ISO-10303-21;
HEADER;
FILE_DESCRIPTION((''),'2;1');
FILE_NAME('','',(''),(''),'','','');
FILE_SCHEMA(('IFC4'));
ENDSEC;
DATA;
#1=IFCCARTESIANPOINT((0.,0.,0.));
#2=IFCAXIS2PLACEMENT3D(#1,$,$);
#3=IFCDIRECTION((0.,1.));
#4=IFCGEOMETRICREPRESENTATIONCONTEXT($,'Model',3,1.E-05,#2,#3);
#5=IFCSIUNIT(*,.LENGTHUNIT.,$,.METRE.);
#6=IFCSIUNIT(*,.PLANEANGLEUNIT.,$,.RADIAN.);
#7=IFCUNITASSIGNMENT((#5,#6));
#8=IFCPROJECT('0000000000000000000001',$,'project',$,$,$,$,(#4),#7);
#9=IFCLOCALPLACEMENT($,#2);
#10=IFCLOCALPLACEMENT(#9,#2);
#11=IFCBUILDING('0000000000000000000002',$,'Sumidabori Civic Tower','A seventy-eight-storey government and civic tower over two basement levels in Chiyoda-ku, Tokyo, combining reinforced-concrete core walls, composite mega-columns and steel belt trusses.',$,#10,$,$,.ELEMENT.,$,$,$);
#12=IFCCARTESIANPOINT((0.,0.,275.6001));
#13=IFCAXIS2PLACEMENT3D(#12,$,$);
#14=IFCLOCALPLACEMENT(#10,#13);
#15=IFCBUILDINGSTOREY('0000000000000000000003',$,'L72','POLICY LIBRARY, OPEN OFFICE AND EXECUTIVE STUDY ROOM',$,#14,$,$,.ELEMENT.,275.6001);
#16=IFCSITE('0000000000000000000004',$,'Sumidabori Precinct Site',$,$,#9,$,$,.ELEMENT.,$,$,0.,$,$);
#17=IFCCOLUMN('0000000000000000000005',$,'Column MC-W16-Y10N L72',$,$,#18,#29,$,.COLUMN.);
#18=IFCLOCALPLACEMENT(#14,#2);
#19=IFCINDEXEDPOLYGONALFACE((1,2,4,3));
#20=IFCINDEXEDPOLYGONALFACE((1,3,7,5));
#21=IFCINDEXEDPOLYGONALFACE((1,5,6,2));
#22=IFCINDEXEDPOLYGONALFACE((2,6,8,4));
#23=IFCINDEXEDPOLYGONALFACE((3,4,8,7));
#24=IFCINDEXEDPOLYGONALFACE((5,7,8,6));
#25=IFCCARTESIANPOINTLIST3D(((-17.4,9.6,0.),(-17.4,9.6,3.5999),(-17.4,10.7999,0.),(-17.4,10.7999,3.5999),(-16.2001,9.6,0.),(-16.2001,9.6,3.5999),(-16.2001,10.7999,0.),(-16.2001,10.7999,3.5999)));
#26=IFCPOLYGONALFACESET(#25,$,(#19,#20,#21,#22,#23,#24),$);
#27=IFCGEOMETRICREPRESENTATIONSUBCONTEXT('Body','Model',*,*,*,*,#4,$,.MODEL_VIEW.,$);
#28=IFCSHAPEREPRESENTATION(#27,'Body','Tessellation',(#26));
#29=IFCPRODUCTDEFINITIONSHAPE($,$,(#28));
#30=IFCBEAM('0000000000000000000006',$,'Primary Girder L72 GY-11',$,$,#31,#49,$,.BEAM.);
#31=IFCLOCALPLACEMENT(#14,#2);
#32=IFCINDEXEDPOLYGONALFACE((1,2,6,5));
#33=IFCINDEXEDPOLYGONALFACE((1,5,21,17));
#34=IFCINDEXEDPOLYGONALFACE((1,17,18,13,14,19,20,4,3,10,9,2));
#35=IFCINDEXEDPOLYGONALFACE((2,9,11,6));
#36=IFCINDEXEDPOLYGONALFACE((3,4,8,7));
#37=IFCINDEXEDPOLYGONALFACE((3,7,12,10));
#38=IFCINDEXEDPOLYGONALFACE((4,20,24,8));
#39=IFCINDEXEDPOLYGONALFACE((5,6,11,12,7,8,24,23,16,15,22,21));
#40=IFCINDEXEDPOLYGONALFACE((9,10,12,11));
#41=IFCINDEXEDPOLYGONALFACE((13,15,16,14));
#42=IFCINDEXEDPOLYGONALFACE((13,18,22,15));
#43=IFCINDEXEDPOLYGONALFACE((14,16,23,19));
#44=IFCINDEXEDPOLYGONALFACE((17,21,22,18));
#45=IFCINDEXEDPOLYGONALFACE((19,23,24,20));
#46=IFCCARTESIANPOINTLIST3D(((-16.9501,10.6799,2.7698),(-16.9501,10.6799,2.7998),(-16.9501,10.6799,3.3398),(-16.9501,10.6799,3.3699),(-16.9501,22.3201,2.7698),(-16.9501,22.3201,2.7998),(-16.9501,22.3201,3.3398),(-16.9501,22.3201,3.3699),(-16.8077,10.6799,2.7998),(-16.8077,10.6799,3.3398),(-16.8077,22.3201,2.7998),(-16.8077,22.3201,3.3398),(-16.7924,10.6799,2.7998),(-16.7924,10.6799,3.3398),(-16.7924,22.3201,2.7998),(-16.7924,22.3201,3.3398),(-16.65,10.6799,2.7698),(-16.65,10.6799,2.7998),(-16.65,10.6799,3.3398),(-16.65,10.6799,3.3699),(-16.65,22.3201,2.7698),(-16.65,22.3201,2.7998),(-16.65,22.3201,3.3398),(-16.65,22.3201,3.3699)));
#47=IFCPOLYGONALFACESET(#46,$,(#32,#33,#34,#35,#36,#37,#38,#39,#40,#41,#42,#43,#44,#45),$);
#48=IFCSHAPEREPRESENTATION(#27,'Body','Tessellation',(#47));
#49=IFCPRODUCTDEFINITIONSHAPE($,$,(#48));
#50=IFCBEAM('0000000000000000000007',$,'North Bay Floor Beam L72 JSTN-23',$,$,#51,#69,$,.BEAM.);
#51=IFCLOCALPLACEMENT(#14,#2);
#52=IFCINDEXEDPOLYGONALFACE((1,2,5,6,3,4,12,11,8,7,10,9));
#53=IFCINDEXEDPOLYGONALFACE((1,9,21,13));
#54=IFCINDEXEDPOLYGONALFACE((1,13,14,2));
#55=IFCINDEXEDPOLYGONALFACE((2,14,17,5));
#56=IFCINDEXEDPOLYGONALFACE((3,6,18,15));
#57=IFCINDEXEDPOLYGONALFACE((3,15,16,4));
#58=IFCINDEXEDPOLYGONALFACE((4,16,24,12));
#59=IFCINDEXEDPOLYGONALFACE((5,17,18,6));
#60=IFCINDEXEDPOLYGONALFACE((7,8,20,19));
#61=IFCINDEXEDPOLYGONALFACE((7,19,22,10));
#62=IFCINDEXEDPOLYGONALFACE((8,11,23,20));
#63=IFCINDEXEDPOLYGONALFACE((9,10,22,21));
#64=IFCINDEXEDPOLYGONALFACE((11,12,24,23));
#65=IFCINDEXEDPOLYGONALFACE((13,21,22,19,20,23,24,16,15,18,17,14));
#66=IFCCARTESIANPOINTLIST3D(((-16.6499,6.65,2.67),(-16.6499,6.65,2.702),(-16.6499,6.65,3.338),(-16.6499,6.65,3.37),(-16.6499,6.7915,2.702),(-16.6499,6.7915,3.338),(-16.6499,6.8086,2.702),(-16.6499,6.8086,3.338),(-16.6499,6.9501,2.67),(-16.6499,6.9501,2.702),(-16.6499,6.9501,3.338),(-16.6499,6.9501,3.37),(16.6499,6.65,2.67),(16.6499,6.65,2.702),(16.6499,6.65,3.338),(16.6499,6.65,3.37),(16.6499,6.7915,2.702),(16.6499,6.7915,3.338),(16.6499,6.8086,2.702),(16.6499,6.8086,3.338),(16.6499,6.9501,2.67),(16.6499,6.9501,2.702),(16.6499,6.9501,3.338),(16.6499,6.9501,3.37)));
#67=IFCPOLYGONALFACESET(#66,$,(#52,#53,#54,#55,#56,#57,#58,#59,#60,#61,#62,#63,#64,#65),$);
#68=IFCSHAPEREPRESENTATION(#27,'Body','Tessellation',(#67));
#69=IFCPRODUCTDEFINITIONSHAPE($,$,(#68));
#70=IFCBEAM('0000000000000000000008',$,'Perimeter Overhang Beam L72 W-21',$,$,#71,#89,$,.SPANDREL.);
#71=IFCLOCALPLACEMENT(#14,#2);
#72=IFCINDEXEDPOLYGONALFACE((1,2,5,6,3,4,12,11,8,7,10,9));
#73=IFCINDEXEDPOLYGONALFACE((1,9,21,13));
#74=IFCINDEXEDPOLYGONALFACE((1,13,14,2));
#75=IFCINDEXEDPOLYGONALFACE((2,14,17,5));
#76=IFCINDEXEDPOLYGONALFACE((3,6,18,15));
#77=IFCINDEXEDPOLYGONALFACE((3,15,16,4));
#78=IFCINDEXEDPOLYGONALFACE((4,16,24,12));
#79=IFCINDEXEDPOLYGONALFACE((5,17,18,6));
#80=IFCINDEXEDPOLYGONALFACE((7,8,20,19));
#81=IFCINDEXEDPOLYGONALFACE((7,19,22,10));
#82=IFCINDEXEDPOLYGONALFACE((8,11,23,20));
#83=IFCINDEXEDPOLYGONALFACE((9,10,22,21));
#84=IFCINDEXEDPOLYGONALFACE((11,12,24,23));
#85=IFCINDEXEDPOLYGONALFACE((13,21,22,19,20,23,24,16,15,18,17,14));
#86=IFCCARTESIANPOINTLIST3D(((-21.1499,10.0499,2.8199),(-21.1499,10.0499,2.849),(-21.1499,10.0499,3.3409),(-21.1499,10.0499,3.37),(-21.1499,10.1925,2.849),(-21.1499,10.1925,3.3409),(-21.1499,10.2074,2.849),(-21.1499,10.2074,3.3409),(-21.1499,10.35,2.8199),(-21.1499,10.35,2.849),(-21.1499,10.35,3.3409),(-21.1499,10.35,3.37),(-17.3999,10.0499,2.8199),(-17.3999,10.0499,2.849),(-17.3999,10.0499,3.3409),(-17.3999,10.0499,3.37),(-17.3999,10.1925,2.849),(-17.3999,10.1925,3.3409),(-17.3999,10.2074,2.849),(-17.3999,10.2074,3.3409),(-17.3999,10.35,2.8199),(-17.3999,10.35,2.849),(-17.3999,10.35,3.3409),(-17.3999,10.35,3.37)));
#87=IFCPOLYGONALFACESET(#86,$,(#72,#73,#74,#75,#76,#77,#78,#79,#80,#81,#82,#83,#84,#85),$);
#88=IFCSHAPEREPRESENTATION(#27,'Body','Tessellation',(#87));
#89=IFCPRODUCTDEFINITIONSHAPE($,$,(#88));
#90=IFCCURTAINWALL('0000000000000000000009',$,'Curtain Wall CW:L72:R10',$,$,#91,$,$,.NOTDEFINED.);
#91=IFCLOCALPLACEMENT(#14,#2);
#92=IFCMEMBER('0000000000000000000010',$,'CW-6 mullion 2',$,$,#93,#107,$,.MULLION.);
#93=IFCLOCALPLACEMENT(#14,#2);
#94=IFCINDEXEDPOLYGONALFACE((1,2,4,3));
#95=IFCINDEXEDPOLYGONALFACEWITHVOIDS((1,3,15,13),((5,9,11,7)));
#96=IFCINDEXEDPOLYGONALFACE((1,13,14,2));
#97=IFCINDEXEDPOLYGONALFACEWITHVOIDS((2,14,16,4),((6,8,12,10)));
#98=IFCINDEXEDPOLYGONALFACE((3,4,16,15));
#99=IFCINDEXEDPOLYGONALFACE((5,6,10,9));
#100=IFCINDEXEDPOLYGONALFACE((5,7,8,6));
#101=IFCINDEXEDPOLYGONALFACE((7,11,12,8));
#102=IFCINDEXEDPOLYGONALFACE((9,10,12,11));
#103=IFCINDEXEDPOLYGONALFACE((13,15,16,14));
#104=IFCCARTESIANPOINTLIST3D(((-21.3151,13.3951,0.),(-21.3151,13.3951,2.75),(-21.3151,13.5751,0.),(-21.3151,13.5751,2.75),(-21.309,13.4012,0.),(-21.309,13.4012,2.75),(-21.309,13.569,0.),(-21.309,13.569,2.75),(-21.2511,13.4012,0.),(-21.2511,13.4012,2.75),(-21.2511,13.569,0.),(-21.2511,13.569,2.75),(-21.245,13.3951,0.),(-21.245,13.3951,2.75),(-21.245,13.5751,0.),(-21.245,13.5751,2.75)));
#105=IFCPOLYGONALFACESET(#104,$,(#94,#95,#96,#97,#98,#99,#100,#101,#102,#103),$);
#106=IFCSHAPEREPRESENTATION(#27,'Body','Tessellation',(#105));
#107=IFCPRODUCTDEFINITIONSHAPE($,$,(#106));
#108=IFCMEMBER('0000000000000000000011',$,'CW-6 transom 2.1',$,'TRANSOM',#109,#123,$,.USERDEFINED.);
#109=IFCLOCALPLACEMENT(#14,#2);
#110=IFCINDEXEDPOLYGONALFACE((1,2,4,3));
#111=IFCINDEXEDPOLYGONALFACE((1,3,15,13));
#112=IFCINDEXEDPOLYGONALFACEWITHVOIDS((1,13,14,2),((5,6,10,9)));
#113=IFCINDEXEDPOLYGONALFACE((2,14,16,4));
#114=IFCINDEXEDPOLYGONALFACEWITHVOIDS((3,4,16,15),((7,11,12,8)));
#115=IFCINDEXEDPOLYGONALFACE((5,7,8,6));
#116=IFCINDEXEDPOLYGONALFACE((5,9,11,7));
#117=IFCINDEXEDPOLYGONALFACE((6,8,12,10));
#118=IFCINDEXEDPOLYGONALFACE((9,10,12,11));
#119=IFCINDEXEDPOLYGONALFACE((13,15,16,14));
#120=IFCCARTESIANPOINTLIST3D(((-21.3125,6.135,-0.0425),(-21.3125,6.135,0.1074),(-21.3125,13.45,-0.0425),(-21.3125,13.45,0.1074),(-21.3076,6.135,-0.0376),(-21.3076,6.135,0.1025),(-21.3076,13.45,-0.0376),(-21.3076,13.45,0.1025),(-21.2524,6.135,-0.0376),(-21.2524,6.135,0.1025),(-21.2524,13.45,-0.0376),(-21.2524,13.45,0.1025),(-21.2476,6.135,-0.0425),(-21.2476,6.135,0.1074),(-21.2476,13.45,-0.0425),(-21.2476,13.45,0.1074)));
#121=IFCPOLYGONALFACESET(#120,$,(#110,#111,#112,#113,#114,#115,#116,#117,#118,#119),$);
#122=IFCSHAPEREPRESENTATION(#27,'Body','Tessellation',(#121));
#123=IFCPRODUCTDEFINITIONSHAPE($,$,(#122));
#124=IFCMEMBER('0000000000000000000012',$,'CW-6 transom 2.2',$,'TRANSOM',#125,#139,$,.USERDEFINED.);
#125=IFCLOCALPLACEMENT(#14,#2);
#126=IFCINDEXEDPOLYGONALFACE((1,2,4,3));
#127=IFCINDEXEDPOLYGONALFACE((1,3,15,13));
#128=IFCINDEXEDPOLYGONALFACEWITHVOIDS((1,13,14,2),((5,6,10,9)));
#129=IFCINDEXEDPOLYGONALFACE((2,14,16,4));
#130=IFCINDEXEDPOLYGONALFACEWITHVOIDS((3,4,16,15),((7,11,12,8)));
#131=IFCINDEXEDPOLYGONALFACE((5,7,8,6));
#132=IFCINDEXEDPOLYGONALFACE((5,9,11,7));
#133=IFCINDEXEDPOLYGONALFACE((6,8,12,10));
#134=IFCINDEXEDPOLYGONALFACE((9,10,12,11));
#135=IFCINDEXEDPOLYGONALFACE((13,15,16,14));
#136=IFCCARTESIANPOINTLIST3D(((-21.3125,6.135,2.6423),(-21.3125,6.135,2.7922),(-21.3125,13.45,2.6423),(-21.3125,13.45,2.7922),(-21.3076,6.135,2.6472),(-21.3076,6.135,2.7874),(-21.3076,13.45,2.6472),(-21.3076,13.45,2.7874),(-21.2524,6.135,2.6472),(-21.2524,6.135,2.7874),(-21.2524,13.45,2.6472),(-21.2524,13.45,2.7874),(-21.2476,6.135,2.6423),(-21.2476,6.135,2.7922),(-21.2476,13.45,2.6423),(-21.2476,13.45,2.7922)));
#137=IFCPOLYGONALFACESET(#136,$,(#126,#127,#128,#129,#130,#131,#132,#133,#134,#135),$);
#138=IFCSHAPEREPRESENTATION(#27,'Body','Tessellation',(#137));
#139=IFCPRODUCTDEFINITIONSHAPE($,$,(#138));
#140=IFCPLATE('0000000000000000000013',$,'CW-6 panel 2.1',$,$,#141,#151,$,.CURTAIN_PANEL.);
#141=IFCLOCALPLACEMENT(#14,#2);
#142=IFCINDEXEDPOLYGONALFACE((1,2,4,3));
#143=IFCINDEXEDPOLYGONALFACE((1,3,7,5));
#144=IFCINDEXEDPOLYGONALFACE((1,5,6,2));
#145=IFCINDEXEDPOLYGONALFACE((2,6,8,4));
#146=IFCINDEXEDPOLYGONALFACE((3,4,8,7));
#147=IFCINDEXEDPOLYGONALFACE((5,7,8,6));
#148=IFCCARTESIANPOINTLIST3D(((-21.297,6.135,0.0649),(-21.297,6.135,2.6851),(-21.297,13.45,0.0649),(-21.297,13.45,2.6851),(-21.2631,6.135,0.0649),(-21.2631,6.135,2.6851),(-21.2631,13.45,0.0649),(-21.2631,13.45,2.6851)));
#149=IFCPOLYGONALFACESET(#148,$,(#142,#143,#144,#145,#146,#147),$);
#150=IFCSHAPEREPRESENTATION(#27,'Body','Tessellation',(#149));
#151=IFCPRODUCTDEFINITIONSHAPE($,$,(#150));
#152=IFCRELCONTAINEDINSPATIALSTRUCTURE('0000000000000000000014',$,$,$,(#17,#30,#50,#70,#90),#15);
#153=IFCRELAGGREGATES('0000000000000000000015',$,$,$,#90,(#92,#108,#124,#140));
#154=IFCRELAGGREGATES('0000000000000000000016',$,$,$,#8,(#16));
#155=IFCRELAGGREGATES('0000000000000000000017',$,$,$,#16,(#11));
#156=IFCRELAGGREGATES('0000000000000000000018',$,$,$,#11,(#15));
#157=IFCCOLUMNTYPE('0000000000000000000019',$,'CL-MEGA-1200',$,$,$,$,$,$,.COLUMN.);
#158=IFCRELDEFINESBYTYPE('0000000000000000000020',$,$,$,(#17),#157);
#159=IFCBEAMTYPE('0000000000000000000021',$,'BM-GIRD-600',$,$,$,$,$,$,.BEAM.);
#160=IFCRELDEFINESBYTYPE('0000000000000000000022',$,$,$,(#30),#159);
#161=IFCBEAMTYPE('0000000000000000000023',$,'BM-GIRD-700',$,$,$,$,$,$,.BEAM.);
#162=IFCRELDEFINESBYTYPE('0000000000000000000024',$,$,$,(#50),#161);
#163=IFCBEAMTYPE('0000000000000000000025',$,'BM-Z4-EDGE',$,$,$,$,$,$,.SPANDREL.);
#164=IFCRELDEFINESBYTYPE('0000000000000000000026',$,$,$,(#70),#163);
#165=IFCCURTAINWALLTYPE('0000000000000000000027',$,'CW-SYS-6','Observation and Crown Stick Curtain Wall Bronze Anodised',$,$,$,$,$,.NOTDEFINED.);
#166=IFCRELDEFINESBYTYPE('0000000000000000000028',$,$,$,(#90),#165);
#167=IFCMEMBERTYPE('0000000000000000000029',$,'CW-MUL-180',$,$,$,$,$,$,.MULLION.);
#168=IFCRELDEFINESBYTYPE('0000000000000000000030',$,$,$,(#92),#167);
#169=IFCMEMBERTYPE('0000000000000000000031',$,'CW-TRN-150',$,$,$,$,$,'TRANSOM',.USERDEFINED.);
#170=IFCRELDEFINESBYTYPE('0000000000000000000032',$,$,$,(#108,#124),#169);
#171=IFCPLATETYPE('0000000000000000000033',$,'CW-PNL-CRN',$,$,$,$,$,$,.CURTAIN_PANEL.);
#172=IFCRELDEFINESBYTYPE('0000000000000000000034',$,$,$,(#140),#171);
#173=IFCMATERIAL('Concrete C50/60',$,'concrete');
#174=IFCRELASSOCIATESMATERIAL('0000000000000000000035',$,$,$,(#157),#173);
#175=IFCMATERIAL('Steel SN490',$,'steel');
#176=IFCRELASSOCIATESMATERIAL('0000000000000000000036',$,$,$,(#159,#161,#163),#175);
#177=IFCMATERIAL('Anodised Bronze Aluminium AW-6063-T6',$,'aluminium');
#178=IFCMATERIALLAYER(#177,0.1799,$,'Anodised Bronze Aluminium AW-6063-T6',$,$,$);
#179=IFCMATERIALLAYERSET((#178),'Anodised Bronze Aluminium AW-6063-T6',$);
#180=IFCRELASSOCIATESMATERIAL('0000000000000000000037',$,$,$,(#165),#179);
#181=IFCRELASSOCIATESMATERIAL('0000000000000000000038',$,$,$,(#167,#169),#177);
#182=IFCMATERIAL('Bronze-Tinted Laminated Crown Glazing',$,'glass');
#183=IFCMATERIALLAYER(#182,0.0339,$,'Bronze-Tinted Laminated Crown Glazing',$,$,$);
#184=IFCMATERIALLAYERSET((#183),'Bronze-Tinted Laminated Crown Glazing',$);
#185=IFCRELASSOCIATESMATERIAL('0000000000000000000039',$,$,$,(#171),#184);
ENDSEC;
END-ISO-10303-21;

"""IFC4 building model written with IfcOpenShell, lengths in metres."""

from ifc_helpers import new_model, si_unit, direction, frame, origin, origin_2d, place, context, subcontext, project, spatial, rectangle, hollow_rectangle, i_section, extrude, source, transform, mapped, material, layer, layer_set, material_profile, profile_set, type_object, element, aggregate, save


model = new_model("IFC4")

# Units and contexts
model_context = context("Model", 3, precision=1e-05, world=origin(), true_north=direction((0.0, 1.0)))
body_context = subcontext(model_context, "Body", "Model", "MODEL_VIEW")
ifc_project = project(units=[si_unit("LENGTHUNIT", "METRE"), si_unit("PLANEANGLEUNIT", "RADIAN")], contexts=[model_context])

# Site, building, storey
site_placement = place(None, origin())
site = spatial("IfcSite", under=ifc_project, at=site_placement, Name="Sumidabori Precinct Site", CompositionType="ELEMENT", RefElevation=0.0)
building_placement = place(site_placement, origin())
building = spatial("IfcBuilding", under=site, at=building_placement, Name="Sumidabori Civic Tower", Description="A seventy-eight-storey government and civic tower over two basement levels in Chiyoda-ku, Tokyo, combining reinforced-concrete core walls, composite mega-columns and steel belt trusses.", CompositionType="ELEMENT")
storey_placement = place(building_placement, frame((0.0, 0.0, 275.6001)))
storey = spatial("IfcBuildingStorey", under=building, at=storey_placement, Name="L72", Description="POLICY LIBRARY, OPEN OFFICE AND EXECUTIVE STUDY ROOM", CompositionType="ELEMENT", Elevation=275.6001)

# Column
ifc_material_1 = material(Name="Concrete C50/60", Category="concrete")
ifc_material_profile_1 = material_profile(ifc_material_1, rectangle(XDim=1.2, YDim=1.2, at=origin_2d()), Name="RC 1200x1200")
ifc_profile_set_1 = profile_set([ifc_material_profile_1], Name="Concrete C50/60")
column_type = type_object("IfcColumnType", Name="CL-MEGA-1200", PredefinedType="COLUMN", material=ifc_profile_set_1)
shared_shape_1 = source(origin(), body_context, "Body", "SweptSolid", [
    extrude(rectangle(XDim=1.2, YDim=1.2, at=origin_2d()), origin(), (0.0, 0.0, 1.0), 3.5999),
])
column_placement = place(storey_placement, frame((-16.8, 10.2, 0.0), z_axis=(0.0, 0.0, 1.0), x_axis=(1.0, 0.0, 0.0)))
element("IfcColumn", 1, at=column_placement, inside=storey, type_object=column_type, Name="Column MC-W16-Y10N L72", PredefinedType="COLUMN", context=body_context, shape_type="MappedRepresentation", body=[
    mapped(shared_shape_1, transform((0.0, 0.0, 0.0), x_axis=(1.0, 0.0, 0.0), y_axis=(0.0, 1.0, 0.0), z_axis=(0.0, 0.0, 1.0), scale=1.0)),
])

# Beams
ifc_material_2 = material(Name="Steel SN490", Category="steel")
ifc_material_profile_2 = material_profile(ifc_material_2, i_section(OverallWidth=0.3, OverallDepth=0.6001, WebThickness=0.0154, FlangeThickness=0.03, at=origin_2d()), Name="HE 600 B")
ifc_profile_set_2 = profile_set([ifc_material_profile_2], Name="Steel SN490")
beam_type_1 = type_object("IfcBeamType", Name="BM-GIRD-600", PredefinedType="BEAM", material=ifc_profile_set_2)
shared_shape_2 = source(origin(), body_context, "Body", "SweptSolid", [
    extrude(i_section(OverallWidth=0.3, OverallDepth=0.6001, WebThickness=0.0154, FlangeThickness=0.03, at=origin_2d()), origin(), (0.0, 0.0, 1.0), 11.6401),
])
beam_1_placement = place(storey_placement, frame((-16.8, 10.6799, 3.0698), z_axis=(0.0, 1.0, 0.0), x_axis=(-1.0, 0.0, 0.0)))
element("IfcBeam", 2, at=beam_1_placement, inside=storey, type_object=beam_type_1, Name="Primary Girder L72 GY-11", PredefinedType="BEAM", context=body_context, shape_type="MappedRepresentation", body=[
    mapped(shared_shape_2, transform((0.0, 0.0, 0.0), x_axis=(1.0, 0.0, 0.0), y_axis=(0.0, 1.0, 0.0), z_axis=(0.0, 0.0, 1.0), scale=1.0)),
])
ifc_material_profile_3 = material_profile(ifc_material_2, i_section(OverallWidth=0.3, OverallDepth=0.7, WebThickness=0.0171, FlangeThickness=0.032, at=origin_2d()), Name="HE 700 B")
ifc_profile_set_3 = profile_set([ifc_material_profile_3], Name="Steel SN490")
beam_type_2 = type_object("IfcBeamType", Name="BM-GIRD-700", PredefinedType="BEAM", material=ifc_profile_set_3)
shared_shape_3 = source(origin(), body_context, "Body", "SweptSolid", [
    extrude(i_section(OverallWidth=0.3, OverallDepth=0.7, WebThickness=0.0171, FlangeThickness=0.032, at=origin_2d()), origin(), (0.0, 0.0, 1.0), 33.2998),
])
beam_2_placement = place(storey_placement, frame((-16.6499, 6.8, 3.02), z_axis=(1.0, 0.0, 0.0), x_axis=(0.0, 1.0, 0.0)))
element("IfcBeam", 3, at=beam_2_placement, inside=storey, type_object=beam_type_2, Name="North Bay Floor Beam L72 JSTN-23", PredefinedType="BEAM", context=body_context, shape_type="MappedRepresentation", body=[
    mapped(shared_shape_3, transform((0.0, 0.0, 0.0), x_axis=(1.0, 0.0, 0.0), y_axis=(0.0, 1.0, 0.0), z_axis=(0.0, 0.0, 1.0), scale=1.0)),
])
ifc_material_profile_4 = material_profile(ifc_material_2, i_section(OverallWidth=0.3, OverallDepth=0.55, WebThickness=0.0149, FlangeThickness=0.0291, at=origin_2d()), Name="HE 550 B")
ifc_profile_set_4 = profile_set([ifc_material_profile_4], Name="Steel SN490")
beam_type_3 = type_object("IfcBeamType", Name="BM-Z4-EDGE", PredefinedType="SPANDREL", material=ifc_profile_set_4)
shared_shape_4 = source(origin(), body_context, "Body", "SweptSolid", [
    extrude(i_section(OverallWidth=0.3, OverallDepth=0.55, WebThickness=0.0149, FlangeThickness=0.0291, at=origin_2d()), origin(), (0.0, 0.0, 1.0), 3.75),
])
beam_3_placement = place(storey_placement, frame((-21.1499, 10.2, 3.095), z_axis=(1.0, 0.0, 0.0), x_axis=(0.0, 1.0, 0.0)))
element("IfcBeam", 4, at=beam_3_placement, inside=storey, type_object=beam_type_3, Name="Perimeter Overhang Beam L72 W-21", PredefinedType="SPANDREL", context=body_context, shape_type="MappedRepresentation", body=[
    mapped(shared_shape_4, transform((0.0, 0.0, 0.0), x_axis=(1.0, 0.0, 0.0), y_axis=(0.0, 1.0, 0.0), z_axis=(0.0, 0.0, 1.0), scale=1.0)),
])

# Curtain wall, members, plate
ifc_material_3 = material(Name="Anodised Bronze Aluminium AW-6063-T6", Category="aluminium")
ifc_layer_1 = layer(ifc_material_3, 0.1799, Name="Anodised Bronze Aluminium AW-6063-T6")
ifc_layer_set_1 = layer_set([ifc_layer_1], Name="Anodised Bronze Aluminium AW-6063-T6")
curtain_wall_type = type_object("IfcCurtainWallType", Name="CW-SYS-6", Description="Observation and Crown Stick Curtain Wall Bronze Anodised", PredefinedType="NOTDEFINED", material=ifc_layer_set_1)
curtain_wall_placement = place(storey_placement, origin())
curtain_wall = element("IfcCurtainWall", 5, at=curtain_wall_placement, inside=storey, type_object=curtain_wall_type, Name="Curtain Wall CW:L72:R10", PredefinedType="NOTDEFINED")
ifc_material_profile_5 = material_profile(ifc_material_3, hollow_rectangle(XDim=0.0701, YDim=0.1799, WallThickness=0.0061, at=origin_2d()), Name="ALU MULLION 180x70")
ifc_profile_set_5 = profile_set([ifc_material_profile_5], Name="Anodised Bronze Aluminium AW-6063-T6")
member_type_1 = type_object("IfcMemberType", Name="CW-MUL-180", PredefinedType="MULLION", material=ifc_profile_set_5)
shared_shape_5 = source(origin(), body_context, "Body", "SweptSolid", [
    extrude(hollow_rectangle(XDim=0.0701, YDim=0.1799, WallThickness=0.0061, at=origin_2d()), origin(), (0.0, 0.0, 1.0), 2.75),
])
member_1_placement = place(storey_placement, frame((-21.28, 13.4851, 0.0), z_axis=(0.0, 0.0, 1.0), x_axis=(1.0, 0.0, 0.0)))
member_1 = element("IfcMember", 6, at=member_1_placement, type_object=member_type_1, Name="CW-6 mullion 2", PredefinedType="MULLION", context=body_context, shape_type="MappedRepresentation", body=[
    mapped(shared_shape_5, transform((0.0, 0.0, 0.0), x_axis=(1.0, 0.0, 0.0), y_axis=(0.0, 1.0, 0.0), z_axis=(0.0, 0.0, 1.0), scale=1.0)),
])
ifc_material_profile_6 = material_profile(ifc_material_3, hollow_rectangle(XDim=0.0649, YDim=0.1499, WallThickness=0.0049, at=origin_2d()), Name="ALU TRANSOM 150x65")
ifc_profile_set_6 = profile_set([ifc_material_profile_6], Name="Anodised Bronze Aluminium AW-6063-T6")
member_type_2 = type_object("IfcMemberType", Name="CW-TRN-150", ElementType="TRANSOM", PredefinedType="USERDEFINED", material=ifc_profile_set_6)
shared_shape_6 = source(origin(), body_context, "Body", "SweptSolid", [
    extrude(hollow_rectangle(XDim=0.0649, YDim=0.1499, WallThickness=0.0049, at=origin_2d()), origin(), (0.0, 0.0, 1.0), 7.3149),
])
member_2_placement = place(storey_placement, frame((-21.28, 13.45, 0.0325), z_axis=(0.0, -1.0, 0.0), x_axis=(1.0, 0.0, 0.0)))
member_2 = element("IfcMember", 7, at=member_2_placement, type_object=member_type_2, Name="CW-6 transom 2.1", ObjectType="TRANSOM", PredefinedType="USERDEFINED", context=body_context, shape_type="MappedRepresentation", body=[
    mapped(shared_shape_6, transform((0.0, 0.0, 0.0), x_axis=(1.0, 0.0, 0.0), y_axis=(0.0, 1.0, 0.0), z_axis=(0.0, 0.0, 1.0), scale=1.0)),
])
member_3_placement = place(storey_placement, frame((-21.28, 13.45, 2.7173), z_axis=(0.0, -1.0, 0.0), x_axis=(1.0, 0.0, 0.0)))
member_3 = element("IfcMember", 8, at=member_3_placement, type_object=member_type_2, Name="CW-6 transom 2.2", ObjectType="TRANSOM", PredefinedType="USERDEFINED", context=body_context, shape_type="MappedRepresentation", body=[
    mapped(shared_shape_6, transform((0.0, 0.0, 0.0), x_axis=(1.0, 0.0, 0.0), y_axis=(0.0, 1.0, 0.0), z_axis=(0.0, 0.0, 1.0), scale=1.0)),
])
ifc_material_4 = material(Name="Bronze-Tinted Laminated Crown Glazing", Category="glass")
ifc_layer_2 = layer(ifc_material_4, 0.0339, Name="Bronze-Tinted Laminated Crown Glazing")
ifc_layer_set_2 = layer_set([ifc_layer_2], Name="Bronze-Tinted Laminated Crown Glazing")
plate_type = type_object("IfcPlateType", Name="CW-PNL-CRN", PredefinedType="CURTAIN_PANEL", material=ifc_layer_set_2)
shared_shape_7 = source(origin(), body_context, "Body", "SweptSolid", [
    extrude(rectangle(XDim=7.3149, YDim=0.0339, at=origin_2d()), origin(), (0.0, 0.0, 1.0), 2.6201),
])
plate_placement = place(storey_placement, frame((-21.28, 9.7925, 0.0649), z_axis=(0.0, 0.0, 1.0), x_axis=(0.0, -1.0, 0.0)))
plate = element("IfcPlate", 9, at=plate_placement, type_object=plate_type, Name="CW-6 panel 2.1", PredefinedType="CURTAIN_PANEL", context=body_context, shape_type="MappedRepresentation", body=[
    mapped(shared_shape_7, transform((0.0, 0.0, 0.0), x_axis=(1.0, 0.0, 0.0), y_axis=(0.0, 1.0, 0.0), z_axis=(0.0, 0.0, 1.0), scale=1.0)),
])
aggregate(curtain_wall, [member_1, member_2, member_3, plate])

save(model, "model.ifc")
